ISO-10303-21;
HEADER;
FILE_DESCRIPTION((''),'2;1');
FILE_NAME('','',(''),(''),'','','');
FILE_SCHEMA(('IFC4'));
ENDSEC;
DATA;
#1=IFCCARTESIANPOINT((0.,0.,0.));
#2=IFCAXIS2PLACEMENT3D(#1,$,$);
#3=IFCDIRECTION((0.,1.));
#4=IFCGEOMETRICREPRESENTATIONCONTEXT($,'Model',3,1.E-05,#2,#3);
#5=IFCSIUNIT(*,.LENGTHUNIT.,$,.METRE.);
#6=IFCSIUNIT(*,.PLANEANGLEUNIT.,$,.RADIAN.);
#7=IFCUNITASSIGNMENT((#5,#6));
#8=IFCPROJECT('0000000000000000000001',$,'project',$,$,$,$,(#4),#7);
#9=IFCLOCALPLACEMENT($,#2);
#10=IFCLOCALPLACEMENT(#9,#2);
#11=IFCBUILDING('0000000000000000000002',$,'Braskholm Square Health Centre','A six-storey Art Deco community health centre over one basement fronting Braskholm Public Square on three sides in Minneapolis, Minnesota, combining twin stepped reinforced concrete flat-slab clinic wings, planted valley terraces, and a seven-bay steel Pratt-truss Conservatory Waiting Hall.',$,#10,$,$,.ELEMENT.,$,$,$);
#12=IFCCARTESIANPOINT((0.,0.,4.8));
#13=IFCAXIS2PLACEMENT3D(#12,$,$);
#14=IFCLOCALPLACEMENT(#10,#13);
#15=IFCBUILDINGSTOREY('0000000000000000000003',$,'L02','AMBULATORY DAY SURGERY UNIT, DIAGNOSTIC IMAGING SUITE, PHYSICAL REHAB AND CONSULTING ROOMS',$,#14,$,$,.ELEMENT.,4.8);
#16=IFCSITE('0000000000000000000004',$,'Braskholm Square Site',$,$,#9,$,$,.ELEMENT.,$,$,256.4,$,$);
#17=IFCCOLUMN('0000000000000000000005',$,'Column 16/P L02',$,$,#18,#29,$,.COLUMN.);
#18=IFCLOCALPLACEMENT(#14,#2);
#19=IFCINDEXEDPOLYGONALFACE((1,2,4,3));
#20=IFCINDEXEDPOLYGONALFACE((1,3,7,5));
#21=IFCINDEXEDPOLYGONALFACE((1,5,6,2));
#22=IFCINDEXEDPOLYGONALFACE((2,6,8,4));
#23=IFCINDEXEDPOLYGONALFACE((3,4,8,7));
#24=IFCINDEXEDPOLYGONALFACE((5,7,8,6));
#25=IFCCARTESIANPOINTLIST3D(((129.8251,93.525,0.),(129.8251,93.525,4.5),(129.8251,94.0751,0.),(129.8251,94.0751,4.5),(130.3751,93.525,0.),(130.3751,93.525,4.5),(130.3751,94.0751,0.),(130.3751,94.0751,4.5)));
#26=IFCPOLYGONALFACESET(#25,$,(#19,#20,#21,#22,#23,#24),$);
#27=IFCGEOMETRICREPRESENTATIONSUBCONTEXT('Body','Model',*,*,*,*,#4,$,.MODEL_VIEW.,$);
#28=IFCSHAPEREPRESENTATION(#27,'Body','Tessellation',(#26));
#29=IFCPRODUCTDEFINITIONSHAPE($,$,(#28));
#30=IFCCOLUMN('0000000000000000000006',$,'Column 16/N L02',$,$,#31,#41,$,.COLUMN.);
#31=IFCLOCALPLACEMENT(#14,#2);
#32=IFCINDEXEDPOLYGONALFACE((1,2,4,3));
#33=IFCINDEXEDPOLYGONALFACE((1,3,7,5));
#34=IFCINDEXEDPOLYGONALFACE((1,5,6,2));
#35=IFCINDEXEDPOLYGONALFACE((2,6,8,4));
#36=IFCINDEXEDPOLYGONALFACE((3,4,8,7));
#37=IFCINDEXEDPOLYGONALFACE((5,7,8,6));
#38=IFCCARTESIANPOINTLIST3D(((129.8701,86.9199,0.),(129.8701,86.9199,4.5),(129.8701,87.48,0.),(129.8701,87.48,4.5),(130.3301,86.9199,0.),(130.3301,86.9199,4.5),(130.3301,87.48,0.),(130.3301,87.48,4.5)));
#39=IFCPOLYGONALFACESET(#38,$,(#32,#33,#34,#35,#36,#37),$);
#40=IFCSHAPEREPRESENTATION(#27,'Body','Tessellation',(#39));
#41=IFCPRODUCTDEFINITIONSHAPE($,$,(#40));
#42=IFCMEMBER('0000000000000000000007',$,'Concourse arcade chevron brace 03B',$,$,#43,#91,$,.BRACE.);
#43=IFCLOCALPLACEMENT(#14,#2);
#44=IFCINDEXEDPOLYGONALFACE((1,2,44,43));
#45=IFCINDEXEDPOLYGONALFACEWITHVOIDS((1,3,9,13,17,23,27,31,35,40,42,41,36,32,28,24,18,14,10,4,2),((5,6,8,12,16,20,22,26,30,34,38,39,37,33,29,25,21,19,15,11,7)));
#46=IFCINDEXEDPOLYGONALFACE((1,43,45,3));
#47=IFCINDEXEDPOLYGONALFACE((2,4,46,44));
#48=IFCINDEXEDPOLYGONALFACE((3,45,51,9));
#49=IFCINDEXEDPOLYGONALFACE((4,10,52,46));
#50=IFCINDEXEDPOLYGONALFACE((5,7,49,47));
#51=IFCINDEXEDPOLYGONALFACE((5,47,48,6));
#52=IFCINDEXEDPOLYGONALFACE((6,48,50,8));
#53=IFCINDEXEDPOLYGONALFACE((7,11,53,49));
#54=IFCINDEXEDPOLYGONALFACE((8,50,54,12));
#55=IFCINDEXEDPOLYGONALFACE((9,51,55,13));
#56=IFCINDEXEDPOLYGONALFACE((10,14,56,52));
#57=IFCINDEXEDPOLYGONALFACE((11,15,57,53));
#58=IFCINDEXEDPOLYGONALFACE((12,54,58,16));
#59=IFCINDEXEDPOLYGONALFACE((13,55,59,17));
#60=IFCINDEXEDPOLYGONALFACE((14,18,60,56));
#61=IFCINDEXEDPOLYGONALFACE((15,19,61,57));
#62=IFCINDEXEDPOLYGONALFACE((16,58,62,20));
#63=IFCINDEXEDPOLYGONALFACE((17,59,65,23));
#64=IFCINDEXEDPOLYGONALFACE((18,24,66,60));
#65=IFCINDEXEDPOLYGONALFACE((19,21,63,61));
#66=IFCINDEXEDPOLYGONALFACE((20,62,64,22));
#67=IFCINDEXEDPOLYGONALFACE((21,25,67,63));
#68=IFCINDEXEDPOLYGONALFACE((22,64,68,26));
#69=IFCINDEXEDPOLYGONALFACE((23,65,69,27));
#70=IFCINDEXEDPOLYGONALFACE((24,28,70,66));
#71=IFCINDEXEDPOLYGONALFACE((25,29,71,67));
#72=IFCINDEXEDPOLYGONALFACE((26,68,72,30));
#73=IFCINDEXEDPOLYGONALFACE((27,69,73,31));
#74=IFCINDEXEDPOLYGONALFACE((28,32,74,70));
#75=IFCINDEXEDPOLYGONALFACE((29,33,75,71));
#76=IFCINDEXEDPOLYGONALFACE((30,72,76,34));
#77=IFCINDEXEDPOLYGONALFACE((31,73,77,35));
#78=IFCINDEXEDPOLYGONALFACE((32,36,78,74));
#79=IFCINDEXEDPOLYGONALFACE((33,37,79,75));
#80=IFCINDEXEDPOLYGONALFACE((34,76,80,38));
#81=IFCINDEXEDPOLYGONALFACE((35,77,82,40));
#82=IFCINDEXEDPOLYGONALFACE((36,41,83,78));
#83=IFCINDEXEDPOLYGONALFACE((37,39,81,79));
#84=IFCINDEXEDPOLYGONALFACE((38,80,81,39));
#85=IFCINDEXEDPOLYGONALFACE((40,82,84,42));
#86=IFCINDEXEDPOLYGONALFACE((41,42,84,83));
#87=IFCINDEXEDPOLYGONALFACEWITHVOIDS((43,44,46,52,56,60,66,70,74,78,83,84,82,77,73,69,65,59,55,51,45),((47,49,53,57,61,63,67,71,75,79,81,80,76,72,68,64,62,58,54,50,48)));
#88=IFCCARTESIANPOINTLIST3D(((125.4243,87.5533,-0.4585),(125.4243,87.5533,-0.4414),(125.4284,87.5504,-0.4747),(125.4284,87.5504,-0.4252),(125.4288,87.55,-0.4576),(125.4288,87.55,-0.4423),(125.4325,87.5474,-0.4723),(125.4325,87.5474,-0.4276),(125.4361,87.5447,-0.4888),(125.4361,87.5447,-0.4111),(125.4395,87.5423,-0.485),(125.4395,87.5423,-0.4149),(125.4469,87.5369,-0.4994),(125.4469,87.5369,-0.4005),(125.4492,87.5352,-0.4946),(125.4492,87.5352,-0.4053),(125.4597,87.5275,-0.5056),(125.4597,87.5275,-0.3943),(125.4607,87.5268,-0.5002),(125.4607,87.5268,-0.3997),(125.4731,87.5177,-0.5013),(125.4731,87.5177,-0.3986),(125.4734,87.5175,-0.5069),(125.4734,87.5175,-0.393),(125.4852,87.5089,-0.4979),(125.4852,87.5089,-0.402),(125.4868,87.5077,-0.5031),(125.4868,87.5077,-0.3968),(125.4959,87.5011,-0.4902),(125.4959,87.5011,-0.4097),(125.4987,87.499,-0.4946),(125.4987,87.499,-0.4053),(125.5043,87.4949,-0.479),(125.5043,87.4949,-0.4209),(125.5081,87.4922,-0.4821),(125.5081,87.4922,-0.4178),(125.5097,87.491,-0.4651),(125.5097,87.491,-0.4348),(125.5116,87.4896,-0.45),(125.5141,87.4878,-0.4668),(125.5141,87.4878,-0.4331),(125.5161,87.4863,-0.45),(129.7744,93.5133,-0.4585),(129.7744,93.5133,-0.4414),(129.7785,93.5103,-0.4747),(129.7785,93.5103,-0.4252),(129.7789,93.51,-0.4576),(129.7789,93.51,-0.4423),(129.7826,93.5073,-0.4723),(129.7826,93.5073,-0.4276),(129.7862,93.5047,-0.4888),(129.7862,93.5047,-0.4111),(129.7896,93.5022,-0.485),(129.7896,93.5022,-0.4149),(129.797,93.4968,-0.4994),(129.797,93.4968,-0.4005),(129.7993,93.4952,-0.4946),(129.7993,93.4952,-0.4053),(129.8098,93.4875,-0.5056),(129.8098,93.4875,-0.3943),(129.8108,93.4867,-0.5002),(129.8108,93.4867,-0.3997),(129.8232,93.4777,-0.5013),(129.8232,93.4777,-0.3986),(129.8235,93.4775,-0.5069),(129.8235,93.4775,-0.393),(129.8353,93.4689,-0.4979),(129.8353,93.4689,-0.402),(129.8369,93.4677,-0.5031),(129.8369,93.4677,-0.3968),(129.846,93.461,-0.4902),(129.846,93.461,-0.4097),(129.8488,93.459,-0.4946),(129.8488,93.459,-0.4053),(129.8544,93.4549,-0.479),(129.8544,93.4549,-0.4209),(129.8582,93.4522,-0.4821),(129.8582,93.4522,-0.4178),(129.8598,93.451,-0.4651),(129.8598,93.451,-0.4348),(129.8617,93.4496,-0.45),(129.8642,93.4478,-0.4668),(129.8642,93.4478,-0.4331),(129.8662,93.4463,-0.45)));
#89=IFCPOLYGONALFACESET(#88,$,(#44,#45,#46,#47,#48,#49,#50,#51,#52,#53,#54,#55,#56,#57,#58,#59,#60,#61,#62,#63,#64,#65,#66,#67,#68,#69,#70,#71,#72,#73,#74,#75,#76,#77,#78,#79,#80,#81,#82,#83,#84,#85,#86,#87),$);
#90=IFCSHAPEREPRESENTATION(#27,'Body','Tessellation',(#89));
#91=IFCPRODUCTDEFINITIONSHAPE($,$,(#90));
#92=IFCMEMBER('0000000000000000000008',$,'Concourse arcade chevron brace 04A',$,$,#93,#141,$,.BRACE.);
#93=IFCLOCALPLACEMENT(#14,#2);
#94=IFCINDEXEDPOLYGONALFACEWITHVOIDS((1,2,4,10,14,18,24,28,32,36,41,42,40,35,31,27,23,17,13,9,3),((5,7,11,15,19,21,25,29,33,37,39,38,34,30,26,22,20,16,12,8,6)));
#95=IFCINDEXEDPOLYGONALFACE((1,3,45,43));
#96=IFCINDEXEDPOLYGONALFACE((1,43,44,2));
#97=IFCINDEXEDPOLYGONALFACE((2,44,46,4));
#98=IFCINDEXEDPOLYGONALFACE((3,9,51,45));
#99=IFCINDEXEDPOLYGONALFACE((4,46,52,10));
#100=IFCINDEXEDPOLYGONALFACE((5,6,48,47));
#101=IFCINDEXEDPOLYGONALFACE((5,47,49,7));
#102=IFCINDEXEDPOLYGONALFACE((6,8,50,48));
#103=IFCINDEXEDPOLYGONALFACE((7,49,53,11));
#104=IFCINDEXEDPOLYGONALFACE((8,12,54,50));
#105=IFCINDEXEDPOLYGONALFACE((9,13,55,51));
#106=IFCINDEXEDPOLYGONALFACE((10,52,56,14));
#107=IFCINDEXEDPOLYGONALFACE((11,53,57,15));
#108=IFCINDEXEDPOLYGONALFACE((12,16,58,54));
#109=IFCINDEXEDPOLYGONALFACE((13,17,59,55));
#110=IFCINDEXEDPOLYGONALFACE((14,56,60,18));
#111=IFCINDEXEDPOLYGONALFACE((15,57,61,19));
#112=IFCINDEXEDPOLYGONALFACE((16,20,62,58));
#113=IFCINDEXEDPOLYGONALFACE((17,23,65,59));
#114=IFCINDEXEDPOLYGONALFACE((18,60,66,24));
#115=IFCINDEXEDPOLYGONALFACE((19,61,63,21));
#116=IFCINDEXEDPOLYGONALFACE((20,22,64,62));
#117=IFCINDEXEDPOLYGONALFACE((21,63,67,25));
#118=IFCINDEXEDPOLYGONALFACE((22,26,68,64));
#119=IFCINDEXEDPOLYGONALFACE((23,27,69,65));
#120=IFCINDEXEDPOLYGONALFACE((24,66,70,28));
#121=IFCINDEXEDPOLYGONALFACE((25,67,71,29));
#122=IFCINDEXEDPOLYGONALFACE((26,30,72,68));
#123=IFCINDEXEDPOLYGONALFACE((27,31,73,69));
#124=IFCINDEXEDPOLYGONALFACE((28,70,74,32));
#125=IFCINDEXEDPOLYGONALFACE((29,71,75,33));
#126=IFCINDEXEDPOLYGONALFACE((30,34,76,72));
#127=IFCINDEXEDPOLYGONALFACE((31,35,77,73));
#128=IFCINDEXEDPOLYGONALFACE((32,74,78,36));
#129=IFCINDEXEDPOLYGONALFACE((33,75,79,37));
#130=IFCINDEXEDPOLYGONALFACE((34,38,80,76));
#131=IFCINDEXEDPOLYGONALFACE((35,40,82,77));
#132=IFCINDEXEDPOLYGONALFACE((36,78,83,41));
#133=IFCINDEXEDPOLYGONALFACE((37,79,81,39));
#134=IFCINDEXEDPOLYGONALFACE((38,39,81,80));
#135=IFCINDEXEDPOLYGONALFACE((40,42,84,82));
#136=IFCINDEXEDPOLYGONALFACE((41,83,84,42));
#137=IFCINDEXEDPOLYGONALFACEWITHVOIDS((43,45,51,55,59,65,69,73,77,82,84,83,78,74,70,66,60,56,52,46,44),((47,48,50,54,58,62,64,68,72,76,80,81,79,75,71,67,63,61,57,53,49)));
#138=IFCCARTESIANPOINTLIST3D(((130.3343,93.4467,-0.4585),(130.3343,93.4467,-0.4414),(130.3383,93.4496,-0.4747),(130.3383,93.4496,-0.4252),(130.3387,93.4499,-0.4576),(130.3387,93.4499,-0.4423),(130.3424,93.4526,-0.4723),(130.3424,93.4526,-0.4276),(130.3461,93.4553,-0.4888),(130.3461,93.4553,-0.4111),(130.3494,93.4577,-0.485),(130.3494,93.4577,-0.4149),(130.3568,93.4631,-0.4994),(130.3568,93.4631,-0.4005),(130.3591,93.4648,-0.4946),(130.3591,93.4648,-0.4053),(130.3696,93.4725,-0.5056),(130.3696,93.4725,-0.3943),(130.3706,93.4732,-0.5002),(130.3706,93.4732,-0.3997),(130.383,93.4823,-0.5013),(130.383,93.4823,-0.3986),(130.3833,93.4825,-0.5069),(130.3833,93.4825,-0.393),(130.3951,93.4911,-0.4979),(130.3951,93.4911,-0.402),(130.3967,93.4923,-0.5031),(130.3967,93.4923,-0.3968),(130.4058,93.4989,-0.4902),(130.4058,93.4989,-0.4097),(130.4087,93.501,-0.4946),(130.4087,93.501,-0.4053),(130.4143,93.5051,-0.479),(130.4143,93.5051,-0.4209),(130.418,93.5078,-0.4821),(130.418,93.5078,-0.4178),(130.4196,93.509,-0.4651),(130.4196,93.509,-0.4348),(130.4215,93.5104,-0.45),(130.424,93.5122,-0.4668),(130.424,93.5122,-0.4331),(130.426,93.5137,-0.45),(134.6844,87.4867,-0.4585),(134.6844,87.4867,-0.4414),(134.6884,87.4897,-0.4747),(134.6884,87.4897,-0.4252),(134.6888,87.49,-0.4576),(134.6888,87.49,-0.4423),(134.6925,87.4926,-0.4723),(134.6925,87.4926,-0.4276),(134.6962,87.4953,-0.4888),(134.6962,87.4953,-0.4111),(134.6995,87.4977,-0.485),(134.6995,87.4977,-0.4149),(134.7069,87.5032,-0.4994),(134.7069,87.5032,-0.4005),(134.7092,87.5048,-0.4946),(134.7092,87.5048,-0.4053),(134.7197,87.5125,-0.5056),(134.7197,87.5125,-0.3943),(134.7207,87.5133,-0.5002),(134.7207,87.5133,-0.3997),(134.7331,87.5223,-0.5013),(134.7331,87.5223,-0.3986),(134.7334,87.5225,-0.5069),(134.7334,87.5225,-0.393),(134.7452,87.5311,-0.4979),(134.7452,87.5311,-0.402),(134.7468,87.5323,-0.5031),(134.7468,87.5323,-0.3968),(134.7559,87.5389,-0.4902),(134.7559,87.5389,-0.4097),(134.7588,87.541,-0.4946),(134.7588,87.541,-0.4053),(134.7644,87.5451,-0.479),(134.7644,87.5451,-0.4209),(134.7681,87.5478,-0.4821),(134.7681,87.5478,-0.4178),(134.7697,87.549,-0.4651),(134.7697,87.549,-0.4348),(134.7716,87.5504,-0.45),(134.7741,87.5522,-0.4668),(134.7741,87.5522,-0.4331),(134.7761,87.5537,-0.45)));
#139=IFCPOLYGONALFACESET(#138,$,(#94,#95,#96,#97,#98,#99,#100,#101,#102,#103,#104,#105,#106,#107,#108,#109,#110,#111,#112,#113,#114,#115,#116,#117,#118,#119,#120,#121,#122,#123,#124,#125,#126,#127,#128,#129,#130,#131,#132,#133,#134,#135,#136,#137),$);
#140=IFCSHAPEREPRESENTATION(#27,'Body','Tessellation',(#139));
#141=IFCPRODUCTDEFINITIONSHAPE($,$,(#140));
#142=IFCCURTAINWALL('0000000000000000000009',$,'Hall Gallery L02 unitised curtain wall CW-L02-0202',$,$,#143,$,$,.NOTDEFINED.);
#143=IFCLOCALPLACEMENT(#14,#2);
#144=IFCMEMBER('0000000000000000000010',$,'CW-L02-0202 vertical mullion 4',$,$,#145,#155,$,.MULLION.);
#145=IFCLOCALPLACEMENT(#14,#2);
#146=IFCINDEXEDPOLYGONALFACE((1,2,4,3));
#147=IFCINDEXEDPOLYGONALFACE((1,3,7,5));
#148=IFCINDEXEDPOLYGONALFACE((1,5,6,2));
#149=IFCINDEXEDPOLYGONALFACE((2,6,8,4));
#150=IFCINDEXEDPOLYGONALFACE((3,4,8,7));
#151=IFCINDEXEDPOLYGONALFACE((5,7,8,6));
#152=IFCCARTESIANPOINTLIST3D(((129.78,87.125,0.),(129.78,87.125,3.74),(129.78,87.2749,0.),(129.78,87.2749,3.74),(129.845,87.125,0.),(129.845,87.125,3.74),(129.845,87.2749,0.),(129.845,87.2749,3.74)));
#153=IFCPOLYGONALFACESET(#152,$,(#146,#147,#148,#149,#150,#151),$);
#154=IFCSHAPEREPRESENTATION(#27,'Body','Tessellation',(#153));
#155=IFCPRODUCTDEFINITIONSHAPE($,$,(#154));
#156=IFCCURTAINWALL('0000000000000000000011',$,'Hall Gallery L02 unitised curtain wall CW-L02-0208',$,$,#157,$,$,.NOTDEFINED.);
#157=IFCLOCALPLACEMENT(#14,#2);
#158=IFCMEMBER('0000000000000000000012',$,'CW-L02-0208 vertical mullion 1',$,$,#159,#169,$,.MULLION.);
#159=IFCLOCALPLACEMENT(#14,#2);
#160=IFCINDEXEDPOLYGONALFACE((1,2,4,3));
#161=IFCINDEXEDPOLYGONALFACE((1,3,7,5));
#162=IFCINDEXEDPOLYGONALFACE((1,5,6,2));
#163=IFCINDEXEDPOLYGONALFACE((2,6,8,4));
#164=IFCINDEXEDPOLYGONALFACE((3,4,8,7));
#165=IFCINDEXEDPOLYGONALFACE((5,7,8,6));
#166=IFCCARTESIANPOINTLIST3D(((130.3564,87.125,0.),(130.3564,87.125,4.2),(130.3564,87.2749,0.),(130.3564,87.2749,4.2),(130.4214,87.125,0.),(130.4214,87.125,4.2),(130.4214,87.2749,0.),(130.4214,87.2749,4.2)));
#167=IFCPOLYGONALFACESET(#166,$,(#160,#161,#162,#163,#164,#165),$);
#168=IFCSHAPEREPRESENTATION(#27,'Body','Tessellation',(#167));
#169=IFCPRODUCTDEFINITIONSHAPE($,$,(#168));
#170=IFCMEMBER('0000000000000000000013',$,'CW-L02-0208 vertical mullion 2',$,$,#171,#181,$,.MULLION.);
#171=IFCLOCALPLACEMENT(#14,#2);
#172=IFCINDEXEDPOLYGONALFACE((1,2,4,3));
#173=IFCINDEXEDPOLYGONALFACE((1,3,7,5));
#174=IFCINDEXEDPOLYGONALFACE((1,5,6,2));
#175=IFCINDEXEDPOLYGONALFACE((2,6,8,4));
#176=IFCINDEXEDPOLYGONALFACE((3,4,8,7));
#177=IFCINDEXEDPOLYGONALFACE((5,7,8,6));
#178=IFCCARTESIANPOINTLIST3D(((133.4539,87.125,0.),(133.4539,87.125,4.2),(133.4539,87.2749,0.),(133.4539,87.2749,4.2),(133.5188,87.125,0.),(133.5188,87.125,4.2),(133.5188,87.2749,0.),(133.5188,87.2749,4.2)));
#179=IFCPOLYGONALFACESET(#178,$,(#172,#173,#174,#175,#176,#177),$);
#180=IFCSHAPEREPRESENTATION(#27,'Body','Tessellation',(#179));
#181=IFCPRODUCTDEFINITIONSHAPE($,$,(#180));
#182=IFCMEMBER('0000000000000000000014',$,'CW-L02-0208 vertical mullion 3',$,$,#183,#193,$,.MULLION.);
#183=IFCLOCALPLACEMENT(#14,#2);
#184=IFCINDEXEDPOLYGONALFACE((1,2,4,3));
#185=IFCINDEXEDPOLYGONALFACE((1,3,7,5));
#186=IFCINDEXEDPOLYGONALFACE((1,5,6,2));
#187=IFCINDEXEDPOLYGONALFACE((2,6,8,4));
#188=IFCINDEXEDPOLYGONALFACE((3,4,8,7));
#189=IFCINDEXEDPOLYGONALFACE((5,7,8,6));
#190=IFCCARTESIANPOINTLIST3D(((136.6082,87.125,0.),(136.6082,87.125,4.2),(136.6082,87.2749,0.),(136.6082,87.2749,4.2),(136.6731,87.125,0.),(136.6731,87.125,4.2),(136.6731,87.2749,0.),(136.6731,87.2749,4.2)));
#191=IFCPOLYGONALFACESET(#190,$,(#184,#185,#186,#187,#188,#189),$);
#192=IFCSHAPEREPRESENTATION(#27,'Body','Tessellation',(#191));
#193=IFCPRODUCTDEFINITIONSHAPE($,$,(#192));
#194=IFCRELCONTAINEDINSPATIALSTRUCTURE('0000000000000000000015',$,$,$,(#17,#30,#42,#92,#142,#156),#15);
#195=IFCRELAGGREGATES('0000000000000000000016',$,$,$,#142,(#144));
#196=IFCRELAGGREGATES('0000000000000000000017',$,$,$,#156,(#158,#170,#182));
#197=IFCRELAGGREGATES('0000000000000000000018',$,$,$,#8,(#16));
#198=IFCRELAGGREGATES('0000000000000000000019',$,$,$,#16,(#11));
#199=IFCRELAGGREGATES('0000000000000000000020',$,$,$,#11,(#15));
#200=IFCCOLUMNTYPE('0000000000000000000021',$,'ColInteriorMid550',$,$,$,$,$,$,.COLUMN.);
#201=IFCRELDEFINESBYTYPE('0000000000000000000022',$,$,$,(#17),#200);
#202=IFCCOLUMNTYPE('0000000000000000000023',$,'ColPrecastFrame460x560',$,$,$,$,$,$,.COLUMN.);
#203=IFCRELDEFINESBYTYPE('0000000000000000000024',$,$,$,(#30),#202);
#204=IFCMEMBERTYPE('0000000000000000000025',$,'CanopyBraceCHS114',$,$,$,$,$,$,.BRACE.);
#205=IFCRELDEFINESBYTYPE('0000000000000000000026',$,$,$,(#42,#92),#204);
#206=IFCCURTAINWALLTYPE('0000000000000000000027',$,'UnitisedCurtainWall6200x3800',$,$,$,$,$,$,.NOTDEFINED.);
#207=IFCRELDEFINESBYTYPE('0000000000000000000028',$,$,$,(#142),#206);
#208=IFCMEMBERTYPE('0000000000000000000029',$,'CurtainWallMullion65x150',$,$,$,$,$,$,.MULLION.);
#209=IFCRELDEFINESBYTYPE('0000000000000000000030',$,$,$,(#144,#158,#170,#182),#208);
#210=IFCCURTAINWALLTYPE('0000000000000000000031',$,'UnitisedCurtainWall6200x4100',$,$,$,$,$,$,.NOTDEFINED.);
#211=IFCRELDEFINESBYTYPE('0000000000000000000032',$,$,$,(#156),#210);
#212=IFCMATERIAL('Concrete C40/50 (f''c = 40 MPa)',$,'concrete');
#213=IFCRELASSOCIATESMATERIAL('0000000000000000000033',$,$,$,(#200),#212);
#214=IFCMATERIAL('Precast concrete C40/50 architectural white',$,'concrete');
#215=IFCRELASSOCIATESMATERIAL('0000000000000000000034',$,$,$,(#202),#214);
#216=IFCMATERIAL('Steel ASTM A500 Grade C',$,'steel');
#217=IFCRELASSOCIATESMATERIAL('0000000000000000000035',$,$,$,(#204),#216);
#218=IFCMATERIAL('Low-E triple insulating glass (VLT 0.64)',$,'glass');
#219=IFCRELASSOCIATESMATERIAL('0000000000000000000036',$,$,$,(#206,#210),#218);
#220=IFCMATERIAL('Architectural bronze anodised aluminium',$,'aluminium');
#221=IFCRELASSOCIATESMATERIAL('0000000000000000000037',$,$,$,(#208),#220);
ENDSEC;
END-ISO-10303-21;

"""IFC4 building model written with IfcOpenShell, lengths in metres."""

from ifc_helpers import new_model, si_unit, direction, frame, origin, origin_2d, place, context, subcontext, project, spatial, rectangle, hollow_circle, extrude, material, material_profile, profile_set, type_object, element, aggregate, save


model = new_model("IFC4")

# Units and contexts
model_context = context("Model", 3, precision=1e-05, world=origin(), true_north=direction((0.0, 1.0)))
body_context = subcontext(model_context, "Body", "Model", "MODEL_VIEW")
ifc_project = project(units=[si_unit("LENGTHUNIT", "METRE"), si_unit("PLANEANGLEUNIT", "RADIAN")], contexts=[model_context])

# Site, building, storey
site_placement = place(None, origin())
site = spatial("IfcSite", under=ifc_project, at=site_placement, Name="Braskholm Square Site", CompositionType="ELEMENT", RefElevation=256.4)
building_placement = place(site_placement, origin())
building = spatial("IfcBuilding", under=site, at=building_placement, Name="Braskholm Square Health Centre", Description="A six-storey Art Deco community health centre over one basement fronting Braskholm Public Square on three sides in Minneapolis, Minnesota, combining twin stepped reinforced concrete flat-slab clinic wings, planted valley terraces, and a seven-bay steel Pratt-truss Conservatory Waiting Hall.", CompositionType="ELEMENT")
storey_placement = place(building_placement, frame((0.0, 0.0, 4.8)))
storey = spatial("IfcBuildingStorey", under=building, at=storey_placement, Name="L02", Description="AMBULATORY DAY SURGERY UNIT, DIAGNOSTIC IMAGING SUITE, PHYSICAL REHAB AND CONSULTING ROOMS", CompositionType="ELEMENT", Elevation=4.8)

# Columns
ifc_material_1 = material(Name="Concrete C40/50 (f'c = 40 MPa)", Category="concrete")
ifc_material_profile_1 = material_profile(ifc_material_1, rectangle(XDim=0.55, YDim=0.55, at=origin_2d()), Name="RC-550X550")
ifc_profile_set_1 = profile_set([ifc_material_profile_1], Name="Concrete C40/50 (f'c = 40 MPa)")
column_type_1 = type_object("IfcColumnType", Name="ColInteriorMid550", PredefinedType="COLUMN", material=ifc_profile_set_1)
column_1_placement = place(storey_placement, frame((130.1001, 93.8, 0.0), z_axis=(0.0, 0.0, 1.0), x_axis=(1.0, 0.0, 0.0)))
element("IfcColumn", 1, at=column_1_placement, inside=storey, type_object=column_type_1, Name="Column 16/P L02", PredefinedType="COLUMN", context=body_context, shape_type="SweptSolid", body=[
    extrude(rectangle(XDim=0.55, YDim=0.55, at=origin_2d()), origin(), (0.0, 0.0, 1.0), 4.5),
])
ifc_material_2 = material(Name="Precast concrete C40/50 architectural white", Category="concrete")
ifc_material_profile_2 = material_profile(ifc_material_2, rectangle(XDim=0.46, YDim=0.5601, at=origin_2d()), Name="RC-460X560")
ifc_profile_set_2 = profile_set([ifc_material_profile_2], Name="Precast concrete C40/50 architectural white")
column_type_2 = type_object("IfcColumnType", Name="ColPrecastFrame460x560", PredefinedType="COLUMN", material=ifc_profile_set_2)
column_2_placement = place(storey_placement, frame((130.1001, 87.2, 0.0), z_axis=(0.0, 0.0, 1.0), x_axis=(1.0, 0.0, 0.0)))
element("IfcColumn", 2, at=column_2_placement, inside=storey, type_object=column_type_2, Name="Column 16/N L02", PredefinedType="COLUMN", context=body_context, shape_type="SweptSolid", body=[
    extrude(rectangle(XDim=0.46, YDim=0.5601, at=origin_2d()), origin(), (0.0, 0.0, 1.0), 4.5),
])

# Members
ifc_material_3 = material(Name="Steel ASTM A500 Grade C", Category="steel")
ifc_material_profile_3 = material_profile(ifc_material_3, hollow_circle(Radius=0.0571, WallThickness=0.0056, at=origin_2d()), Name="HSS4.500X0.237")
ifc_profile_set_3 = profile_set([ifc_material_profile_3], Name="Steel ASTM A500 Grade C")
member_type_1 = type_object("IfcMemberType", Name="CanopyBraceCHS114", PredefinedType="BRACE", material=ifc_profile_set_3)
for number, where, z_axis, x_axis, name in (
    (3, (129.8201, 93.48, -0.45), (-0.589552, -0.80773, 0.0), (0.80773, -0.589552, 0.0), "Concourse arcade chevron brace 03B"),
    (4, (130.3799, 93.48, -0.45), (0.589552, -0.80773, 0.0), (0.80773, 0.589552, 0.0), "Concourse arcade chevron brace 04A"),
):
    element("IfcMember", number, at=place(storey_placement, frame(where, z_axis=z_axis, x_axis=x_axis)), inside=storey, type_object=member_type_1, Name=name, PredefinedType="BRACE", context=body_context, shape_type="SweptSolid", body=[
        extrude(hollow_circle(Radius=0.0571, WallThickness=0.0056, at=origin_2d()), origin(), (0.0, 0.0, 1.0), 7.3787),
    ])

# Curtain wall, member
ifc_material_4 = material(Name="Low-E triple insulating glass (VLT 0.64)", Category="glass")
curtain_wall_type_1 = type_object("IfcCurtainWallType", Name="UnitisedCurtainWall6200x3800", PredefinedType="NOTDEFINED", material=ifc_material_4)
curtain_wall_1_placement = place(storey_placement, origin())
curtain_wall_1 = element("IfcCurtainWall", 5, at=curtain_wall_1_placement, inside=storey, type_object=curtain_wall_type_1, Name="Hall Gallery L02 unitised curtain wall CW-L02-0202", PredefinedType="NOTDEFINED")
ifc_material_5 = material(Name="Architectural bronze anodised aluminium", Category="aluminium")
ifc_material_profile_4 = material_profile(ifc_material_5, rectangle(XDim=0.0649, YDim=0.1499, at=origin_2d()), Name="ALU-65X150")
ifc_profile_set_4 = profile_set([ifc_material_profile_4], Name="Architectural bronze anodised aluminium")
member_type_2 = type_object("IfcMemberType", Name="CurtainWallMullion65x150", PredefinedType="MULLION", material=ifc_profile_set_4)
member_1_placement = place(storey_placement, frame((129.8125, 87.2, 0.0), z_axis=(0.0, 0.0, 1.0), x_axis=(1.0, 0.0, 0.0)))
member_1 = element("IfcMember", 6, at=member_1_placement, type_object=member_type_2, Name="CW-L02-0202 vertical mullion 4", PredefinedType="MULLION", context=body_context, shape_type="SweptSolid", body=[
    extrude(rectangle(XDim=0.0649, YDim=0.1499, at=origin_2d()), origin(), (0.0, 0.0, 1.0), 3.74),
])

# Curtain wall, members
curtain_wall_type_2 = type_object("IfcCurtainWallType", Name="UnitisedCurtainWall6200x4100", PredefinedType="NOTDEFINED", material=ifc_material_4)
curtain_wall_2_placement = place(storey_placement, origin())
curtain_wall_2 = element("IfcCurtainWall", 7, at=curtain_wall_2_placement, inside=storey, type_object=curtain_wall_type_2, Name="Hall Gallery L02 unitised curtain wall CW-L02-0208", PredefinedType="NOTDEFINED")
member_2_placement = place(storey_placement, frame((130.3889, 87.2, 0.0), z_axis=(0.0, 0.0, 1.0), x_axis=(1.0, 0.0, 0.0)))
member_2 = element("IfcMember", 8, at=member_2_placement, type_object=member_type_2, Name="CW-L02-0208 vertical mullion 1", PredefinedType="MULLION", context=body_context, shape_type="SweptSolid", body=[
    extrude(rectangle(XDim=0.0649, YDim=0.1499, at=origin_2d()), origin(), (0.0, 0.0, 1.0), 4.2),
])
member_3_placement = place(storey_placement, frame((133.4863, 87.2, 0.0), z_axis=(0.0, 0.0, 1.0), x_axis=(1.0, 0.0, 0.0)))
member_3 = element("IfcMember", 9, at=member_3_placement, type_object=member_type_2, Name="CW-L02-0208 vertical mullion 2", PredefinedType="MULLION", context=body_context, shape_type="SweptSolid", body=[
    extrude(rectangle(XDim=0.0649, YDim=0.1499, at=origin_2d()), origin(), (0.0, 0.0, 1.0), 4.2),
])
member_4_placement = place(storey_placement, frame((136.6406, 87.2, 0.0), z_axis=(0.0, 0.0, 1.0), x_axis=(1.0, 0.0, 0.0)))
member_4 = element("IfcMember", 10, at=member_4_placement, type_object=member_type_2, Name="CW-L02-0208 vertical mullion 3", PredefinedType="MULLION", context=body_context, shape_type="SweptSolid", body=[
    extrude(rectangle(XDim=0.0649, YDim=0.1499, at=origin_2d()), origin(), (0.0, 0.0, 1.0), 4.2),
])

aggregate(curtain_wall_1, [member_1])
aggregate(curtain_wall_2, [member_2, member_3, member_4])

save(model, "model.ifc")
